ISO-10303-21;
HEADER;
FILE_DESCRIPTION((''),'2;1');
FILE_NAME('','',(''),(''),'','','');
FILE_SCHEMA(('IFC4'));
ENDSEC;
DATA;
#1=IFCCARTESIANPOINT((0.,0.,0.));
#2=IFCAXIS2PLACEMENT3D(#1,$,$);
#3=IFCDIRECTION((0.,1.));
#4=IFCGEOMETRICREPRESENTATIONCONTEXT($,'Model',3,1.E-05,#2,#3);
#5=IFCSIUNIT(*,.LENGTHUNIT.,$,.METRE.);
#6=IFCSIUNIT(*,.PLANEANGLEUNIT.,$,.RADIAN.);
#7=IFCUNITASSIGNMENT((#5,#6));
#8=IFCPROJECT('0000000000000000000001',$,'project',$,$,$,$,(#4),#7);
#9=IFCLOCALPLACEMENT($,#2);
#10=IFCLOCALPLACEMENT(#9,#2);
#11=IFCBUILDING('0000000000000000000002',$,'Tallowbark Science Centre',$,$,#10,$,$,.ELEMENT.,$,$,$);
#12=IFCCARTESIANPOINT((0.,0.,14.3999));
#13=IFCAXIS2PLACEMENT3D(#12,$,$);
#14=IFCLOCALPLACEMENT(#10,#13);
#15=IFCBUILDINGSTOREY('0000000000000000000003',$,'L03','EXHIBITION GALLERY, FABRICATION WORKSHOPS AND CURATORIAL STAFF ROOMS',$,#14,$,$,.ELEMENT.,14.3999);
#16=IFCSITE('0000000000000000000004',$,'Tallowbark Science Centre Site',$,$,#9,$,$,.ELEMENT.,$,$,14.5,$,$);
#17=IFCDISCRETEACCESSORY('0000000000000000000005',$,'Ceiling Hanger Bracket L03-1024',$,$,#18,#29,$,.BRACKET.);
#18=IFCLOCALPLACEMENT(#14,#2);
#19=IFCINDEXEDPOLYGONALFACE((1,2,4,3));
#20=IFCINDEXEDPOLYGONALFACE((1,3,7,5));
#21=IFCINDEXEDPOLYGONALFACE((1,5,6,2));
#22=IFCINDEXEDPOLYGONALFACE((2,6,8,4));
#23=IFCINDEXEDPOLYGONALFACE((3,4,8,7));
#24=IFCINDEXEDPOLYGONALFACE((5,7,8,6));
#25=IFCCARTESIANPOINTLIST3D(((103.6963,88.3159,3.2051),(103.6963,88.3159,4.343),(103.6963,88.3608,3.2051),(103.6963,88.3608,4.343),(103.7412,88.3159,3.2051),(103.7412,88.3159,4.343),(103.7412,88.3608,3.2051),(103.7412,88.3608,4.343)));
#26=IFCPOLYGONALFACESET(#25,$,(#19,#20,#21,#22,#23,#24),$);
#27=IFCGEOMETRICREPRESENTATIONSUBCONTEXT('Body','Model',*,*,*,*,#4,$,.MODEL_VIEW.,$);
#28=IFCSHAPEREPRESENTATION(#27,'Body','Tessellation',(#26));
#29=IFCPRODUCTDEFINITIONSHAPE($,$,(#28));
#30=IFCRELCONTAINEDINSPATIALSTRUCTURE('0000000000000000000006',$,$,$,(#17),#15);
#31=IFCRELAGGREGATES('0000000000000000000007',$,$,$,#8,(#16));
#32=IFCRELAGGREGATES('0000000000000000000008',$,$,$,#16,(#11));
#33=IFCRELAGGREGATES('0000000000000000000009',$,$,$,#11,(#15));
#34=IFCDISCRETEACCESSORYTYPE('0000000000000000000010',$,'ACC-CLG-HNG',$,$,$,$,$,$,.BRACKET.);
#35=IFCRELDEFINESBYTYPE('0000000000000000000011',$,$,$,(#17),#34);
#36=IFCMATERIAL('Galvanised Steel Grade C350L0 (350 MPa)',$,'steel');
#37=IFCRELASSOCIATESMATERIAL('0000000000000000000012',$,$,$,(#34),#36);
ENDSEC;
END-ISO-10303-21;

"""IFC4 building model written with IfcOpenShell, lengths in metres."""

from ifc_helpers import new_model, si_unit, direction, frame, origin, origin_2d, place, context, subcontext, project, spatial, rectangle, extrude, material, type_object, element, save


model = new_model("IFC4")

# Units and contexts
model_context = context("Model", 3, precision=1e-05, world=origin(), true_north=direction((0.0, 1.0)))
body_context = subcontext(model_context, "Body", "Model", "MODEL_VIEW")
ifc_project = project(units=[si_unit("LENGTHUNIT", "METRE"), si_unit("PLANEANGLEUNIT", "RADIAN")], contexts=[model_context])

# Site, building, storey
site_placement = place(None, origin())
site = spatial("IfcSite", under=ifc_project, at=site_placement, Name="Tallowbark Science Centre Site", CompositionType="ELEMENT", RefElevation=14.5)
building_placement = place(site_placement, origin())
building = spatial("IfcBuilding", under=site, at=building_placement, Name="Tallowbark Science Centre", CompositionType="ELEMENT")
storey_placement = place(building_placement, frame((0.0, 0.0, 14.3999)))
storey = spatial("IfcBuildingStorey", under=building, at=storey_placement, Name="L03", Description="EXHIBITION GALLERY, FABRICATION WORKSHOPS AND CURATORIAL STAFF ROOMS", CompositionType="ELEMENT", Elevation=14.3999)

# Discrete accessory
ifc_material_1 = material(Name="Galvanised Steel Grade C350L0 (350 MPa)", Category="steel")
discrete_accessory_type = type_object("IfcDiscreteAccessoryType", Name="ACC-CLG-HNG", PredefinedType="BRACKET", material=ifc_material_1)
for number, where, z_axis, x_axis, name in (
    (1, (103.7188, 88.3384, 3.2051), (0.0, 0.0, 1.0), (1.0, 0.0, 0.0), "Ceiling Hanger Bracket L03-1024"),
):
    element("IfcDiscreteAccessory", number, at=place(storey_placement, frame(where, z_axis=z_axis, x_axis=x_axis)), inside=storey, type_object=discrete_accessory_type, Name=name, PredefinedType="BRACKET", context=body_context, shape_type="SweptSolid", body=[
        extrude(rectangle(XDim=0.0449, YDim=0.0449, at=origin_2d()), origin(), (0.0, 0.0, 1.0), 1.1379),
    ])

save(model, "model.ifc")
